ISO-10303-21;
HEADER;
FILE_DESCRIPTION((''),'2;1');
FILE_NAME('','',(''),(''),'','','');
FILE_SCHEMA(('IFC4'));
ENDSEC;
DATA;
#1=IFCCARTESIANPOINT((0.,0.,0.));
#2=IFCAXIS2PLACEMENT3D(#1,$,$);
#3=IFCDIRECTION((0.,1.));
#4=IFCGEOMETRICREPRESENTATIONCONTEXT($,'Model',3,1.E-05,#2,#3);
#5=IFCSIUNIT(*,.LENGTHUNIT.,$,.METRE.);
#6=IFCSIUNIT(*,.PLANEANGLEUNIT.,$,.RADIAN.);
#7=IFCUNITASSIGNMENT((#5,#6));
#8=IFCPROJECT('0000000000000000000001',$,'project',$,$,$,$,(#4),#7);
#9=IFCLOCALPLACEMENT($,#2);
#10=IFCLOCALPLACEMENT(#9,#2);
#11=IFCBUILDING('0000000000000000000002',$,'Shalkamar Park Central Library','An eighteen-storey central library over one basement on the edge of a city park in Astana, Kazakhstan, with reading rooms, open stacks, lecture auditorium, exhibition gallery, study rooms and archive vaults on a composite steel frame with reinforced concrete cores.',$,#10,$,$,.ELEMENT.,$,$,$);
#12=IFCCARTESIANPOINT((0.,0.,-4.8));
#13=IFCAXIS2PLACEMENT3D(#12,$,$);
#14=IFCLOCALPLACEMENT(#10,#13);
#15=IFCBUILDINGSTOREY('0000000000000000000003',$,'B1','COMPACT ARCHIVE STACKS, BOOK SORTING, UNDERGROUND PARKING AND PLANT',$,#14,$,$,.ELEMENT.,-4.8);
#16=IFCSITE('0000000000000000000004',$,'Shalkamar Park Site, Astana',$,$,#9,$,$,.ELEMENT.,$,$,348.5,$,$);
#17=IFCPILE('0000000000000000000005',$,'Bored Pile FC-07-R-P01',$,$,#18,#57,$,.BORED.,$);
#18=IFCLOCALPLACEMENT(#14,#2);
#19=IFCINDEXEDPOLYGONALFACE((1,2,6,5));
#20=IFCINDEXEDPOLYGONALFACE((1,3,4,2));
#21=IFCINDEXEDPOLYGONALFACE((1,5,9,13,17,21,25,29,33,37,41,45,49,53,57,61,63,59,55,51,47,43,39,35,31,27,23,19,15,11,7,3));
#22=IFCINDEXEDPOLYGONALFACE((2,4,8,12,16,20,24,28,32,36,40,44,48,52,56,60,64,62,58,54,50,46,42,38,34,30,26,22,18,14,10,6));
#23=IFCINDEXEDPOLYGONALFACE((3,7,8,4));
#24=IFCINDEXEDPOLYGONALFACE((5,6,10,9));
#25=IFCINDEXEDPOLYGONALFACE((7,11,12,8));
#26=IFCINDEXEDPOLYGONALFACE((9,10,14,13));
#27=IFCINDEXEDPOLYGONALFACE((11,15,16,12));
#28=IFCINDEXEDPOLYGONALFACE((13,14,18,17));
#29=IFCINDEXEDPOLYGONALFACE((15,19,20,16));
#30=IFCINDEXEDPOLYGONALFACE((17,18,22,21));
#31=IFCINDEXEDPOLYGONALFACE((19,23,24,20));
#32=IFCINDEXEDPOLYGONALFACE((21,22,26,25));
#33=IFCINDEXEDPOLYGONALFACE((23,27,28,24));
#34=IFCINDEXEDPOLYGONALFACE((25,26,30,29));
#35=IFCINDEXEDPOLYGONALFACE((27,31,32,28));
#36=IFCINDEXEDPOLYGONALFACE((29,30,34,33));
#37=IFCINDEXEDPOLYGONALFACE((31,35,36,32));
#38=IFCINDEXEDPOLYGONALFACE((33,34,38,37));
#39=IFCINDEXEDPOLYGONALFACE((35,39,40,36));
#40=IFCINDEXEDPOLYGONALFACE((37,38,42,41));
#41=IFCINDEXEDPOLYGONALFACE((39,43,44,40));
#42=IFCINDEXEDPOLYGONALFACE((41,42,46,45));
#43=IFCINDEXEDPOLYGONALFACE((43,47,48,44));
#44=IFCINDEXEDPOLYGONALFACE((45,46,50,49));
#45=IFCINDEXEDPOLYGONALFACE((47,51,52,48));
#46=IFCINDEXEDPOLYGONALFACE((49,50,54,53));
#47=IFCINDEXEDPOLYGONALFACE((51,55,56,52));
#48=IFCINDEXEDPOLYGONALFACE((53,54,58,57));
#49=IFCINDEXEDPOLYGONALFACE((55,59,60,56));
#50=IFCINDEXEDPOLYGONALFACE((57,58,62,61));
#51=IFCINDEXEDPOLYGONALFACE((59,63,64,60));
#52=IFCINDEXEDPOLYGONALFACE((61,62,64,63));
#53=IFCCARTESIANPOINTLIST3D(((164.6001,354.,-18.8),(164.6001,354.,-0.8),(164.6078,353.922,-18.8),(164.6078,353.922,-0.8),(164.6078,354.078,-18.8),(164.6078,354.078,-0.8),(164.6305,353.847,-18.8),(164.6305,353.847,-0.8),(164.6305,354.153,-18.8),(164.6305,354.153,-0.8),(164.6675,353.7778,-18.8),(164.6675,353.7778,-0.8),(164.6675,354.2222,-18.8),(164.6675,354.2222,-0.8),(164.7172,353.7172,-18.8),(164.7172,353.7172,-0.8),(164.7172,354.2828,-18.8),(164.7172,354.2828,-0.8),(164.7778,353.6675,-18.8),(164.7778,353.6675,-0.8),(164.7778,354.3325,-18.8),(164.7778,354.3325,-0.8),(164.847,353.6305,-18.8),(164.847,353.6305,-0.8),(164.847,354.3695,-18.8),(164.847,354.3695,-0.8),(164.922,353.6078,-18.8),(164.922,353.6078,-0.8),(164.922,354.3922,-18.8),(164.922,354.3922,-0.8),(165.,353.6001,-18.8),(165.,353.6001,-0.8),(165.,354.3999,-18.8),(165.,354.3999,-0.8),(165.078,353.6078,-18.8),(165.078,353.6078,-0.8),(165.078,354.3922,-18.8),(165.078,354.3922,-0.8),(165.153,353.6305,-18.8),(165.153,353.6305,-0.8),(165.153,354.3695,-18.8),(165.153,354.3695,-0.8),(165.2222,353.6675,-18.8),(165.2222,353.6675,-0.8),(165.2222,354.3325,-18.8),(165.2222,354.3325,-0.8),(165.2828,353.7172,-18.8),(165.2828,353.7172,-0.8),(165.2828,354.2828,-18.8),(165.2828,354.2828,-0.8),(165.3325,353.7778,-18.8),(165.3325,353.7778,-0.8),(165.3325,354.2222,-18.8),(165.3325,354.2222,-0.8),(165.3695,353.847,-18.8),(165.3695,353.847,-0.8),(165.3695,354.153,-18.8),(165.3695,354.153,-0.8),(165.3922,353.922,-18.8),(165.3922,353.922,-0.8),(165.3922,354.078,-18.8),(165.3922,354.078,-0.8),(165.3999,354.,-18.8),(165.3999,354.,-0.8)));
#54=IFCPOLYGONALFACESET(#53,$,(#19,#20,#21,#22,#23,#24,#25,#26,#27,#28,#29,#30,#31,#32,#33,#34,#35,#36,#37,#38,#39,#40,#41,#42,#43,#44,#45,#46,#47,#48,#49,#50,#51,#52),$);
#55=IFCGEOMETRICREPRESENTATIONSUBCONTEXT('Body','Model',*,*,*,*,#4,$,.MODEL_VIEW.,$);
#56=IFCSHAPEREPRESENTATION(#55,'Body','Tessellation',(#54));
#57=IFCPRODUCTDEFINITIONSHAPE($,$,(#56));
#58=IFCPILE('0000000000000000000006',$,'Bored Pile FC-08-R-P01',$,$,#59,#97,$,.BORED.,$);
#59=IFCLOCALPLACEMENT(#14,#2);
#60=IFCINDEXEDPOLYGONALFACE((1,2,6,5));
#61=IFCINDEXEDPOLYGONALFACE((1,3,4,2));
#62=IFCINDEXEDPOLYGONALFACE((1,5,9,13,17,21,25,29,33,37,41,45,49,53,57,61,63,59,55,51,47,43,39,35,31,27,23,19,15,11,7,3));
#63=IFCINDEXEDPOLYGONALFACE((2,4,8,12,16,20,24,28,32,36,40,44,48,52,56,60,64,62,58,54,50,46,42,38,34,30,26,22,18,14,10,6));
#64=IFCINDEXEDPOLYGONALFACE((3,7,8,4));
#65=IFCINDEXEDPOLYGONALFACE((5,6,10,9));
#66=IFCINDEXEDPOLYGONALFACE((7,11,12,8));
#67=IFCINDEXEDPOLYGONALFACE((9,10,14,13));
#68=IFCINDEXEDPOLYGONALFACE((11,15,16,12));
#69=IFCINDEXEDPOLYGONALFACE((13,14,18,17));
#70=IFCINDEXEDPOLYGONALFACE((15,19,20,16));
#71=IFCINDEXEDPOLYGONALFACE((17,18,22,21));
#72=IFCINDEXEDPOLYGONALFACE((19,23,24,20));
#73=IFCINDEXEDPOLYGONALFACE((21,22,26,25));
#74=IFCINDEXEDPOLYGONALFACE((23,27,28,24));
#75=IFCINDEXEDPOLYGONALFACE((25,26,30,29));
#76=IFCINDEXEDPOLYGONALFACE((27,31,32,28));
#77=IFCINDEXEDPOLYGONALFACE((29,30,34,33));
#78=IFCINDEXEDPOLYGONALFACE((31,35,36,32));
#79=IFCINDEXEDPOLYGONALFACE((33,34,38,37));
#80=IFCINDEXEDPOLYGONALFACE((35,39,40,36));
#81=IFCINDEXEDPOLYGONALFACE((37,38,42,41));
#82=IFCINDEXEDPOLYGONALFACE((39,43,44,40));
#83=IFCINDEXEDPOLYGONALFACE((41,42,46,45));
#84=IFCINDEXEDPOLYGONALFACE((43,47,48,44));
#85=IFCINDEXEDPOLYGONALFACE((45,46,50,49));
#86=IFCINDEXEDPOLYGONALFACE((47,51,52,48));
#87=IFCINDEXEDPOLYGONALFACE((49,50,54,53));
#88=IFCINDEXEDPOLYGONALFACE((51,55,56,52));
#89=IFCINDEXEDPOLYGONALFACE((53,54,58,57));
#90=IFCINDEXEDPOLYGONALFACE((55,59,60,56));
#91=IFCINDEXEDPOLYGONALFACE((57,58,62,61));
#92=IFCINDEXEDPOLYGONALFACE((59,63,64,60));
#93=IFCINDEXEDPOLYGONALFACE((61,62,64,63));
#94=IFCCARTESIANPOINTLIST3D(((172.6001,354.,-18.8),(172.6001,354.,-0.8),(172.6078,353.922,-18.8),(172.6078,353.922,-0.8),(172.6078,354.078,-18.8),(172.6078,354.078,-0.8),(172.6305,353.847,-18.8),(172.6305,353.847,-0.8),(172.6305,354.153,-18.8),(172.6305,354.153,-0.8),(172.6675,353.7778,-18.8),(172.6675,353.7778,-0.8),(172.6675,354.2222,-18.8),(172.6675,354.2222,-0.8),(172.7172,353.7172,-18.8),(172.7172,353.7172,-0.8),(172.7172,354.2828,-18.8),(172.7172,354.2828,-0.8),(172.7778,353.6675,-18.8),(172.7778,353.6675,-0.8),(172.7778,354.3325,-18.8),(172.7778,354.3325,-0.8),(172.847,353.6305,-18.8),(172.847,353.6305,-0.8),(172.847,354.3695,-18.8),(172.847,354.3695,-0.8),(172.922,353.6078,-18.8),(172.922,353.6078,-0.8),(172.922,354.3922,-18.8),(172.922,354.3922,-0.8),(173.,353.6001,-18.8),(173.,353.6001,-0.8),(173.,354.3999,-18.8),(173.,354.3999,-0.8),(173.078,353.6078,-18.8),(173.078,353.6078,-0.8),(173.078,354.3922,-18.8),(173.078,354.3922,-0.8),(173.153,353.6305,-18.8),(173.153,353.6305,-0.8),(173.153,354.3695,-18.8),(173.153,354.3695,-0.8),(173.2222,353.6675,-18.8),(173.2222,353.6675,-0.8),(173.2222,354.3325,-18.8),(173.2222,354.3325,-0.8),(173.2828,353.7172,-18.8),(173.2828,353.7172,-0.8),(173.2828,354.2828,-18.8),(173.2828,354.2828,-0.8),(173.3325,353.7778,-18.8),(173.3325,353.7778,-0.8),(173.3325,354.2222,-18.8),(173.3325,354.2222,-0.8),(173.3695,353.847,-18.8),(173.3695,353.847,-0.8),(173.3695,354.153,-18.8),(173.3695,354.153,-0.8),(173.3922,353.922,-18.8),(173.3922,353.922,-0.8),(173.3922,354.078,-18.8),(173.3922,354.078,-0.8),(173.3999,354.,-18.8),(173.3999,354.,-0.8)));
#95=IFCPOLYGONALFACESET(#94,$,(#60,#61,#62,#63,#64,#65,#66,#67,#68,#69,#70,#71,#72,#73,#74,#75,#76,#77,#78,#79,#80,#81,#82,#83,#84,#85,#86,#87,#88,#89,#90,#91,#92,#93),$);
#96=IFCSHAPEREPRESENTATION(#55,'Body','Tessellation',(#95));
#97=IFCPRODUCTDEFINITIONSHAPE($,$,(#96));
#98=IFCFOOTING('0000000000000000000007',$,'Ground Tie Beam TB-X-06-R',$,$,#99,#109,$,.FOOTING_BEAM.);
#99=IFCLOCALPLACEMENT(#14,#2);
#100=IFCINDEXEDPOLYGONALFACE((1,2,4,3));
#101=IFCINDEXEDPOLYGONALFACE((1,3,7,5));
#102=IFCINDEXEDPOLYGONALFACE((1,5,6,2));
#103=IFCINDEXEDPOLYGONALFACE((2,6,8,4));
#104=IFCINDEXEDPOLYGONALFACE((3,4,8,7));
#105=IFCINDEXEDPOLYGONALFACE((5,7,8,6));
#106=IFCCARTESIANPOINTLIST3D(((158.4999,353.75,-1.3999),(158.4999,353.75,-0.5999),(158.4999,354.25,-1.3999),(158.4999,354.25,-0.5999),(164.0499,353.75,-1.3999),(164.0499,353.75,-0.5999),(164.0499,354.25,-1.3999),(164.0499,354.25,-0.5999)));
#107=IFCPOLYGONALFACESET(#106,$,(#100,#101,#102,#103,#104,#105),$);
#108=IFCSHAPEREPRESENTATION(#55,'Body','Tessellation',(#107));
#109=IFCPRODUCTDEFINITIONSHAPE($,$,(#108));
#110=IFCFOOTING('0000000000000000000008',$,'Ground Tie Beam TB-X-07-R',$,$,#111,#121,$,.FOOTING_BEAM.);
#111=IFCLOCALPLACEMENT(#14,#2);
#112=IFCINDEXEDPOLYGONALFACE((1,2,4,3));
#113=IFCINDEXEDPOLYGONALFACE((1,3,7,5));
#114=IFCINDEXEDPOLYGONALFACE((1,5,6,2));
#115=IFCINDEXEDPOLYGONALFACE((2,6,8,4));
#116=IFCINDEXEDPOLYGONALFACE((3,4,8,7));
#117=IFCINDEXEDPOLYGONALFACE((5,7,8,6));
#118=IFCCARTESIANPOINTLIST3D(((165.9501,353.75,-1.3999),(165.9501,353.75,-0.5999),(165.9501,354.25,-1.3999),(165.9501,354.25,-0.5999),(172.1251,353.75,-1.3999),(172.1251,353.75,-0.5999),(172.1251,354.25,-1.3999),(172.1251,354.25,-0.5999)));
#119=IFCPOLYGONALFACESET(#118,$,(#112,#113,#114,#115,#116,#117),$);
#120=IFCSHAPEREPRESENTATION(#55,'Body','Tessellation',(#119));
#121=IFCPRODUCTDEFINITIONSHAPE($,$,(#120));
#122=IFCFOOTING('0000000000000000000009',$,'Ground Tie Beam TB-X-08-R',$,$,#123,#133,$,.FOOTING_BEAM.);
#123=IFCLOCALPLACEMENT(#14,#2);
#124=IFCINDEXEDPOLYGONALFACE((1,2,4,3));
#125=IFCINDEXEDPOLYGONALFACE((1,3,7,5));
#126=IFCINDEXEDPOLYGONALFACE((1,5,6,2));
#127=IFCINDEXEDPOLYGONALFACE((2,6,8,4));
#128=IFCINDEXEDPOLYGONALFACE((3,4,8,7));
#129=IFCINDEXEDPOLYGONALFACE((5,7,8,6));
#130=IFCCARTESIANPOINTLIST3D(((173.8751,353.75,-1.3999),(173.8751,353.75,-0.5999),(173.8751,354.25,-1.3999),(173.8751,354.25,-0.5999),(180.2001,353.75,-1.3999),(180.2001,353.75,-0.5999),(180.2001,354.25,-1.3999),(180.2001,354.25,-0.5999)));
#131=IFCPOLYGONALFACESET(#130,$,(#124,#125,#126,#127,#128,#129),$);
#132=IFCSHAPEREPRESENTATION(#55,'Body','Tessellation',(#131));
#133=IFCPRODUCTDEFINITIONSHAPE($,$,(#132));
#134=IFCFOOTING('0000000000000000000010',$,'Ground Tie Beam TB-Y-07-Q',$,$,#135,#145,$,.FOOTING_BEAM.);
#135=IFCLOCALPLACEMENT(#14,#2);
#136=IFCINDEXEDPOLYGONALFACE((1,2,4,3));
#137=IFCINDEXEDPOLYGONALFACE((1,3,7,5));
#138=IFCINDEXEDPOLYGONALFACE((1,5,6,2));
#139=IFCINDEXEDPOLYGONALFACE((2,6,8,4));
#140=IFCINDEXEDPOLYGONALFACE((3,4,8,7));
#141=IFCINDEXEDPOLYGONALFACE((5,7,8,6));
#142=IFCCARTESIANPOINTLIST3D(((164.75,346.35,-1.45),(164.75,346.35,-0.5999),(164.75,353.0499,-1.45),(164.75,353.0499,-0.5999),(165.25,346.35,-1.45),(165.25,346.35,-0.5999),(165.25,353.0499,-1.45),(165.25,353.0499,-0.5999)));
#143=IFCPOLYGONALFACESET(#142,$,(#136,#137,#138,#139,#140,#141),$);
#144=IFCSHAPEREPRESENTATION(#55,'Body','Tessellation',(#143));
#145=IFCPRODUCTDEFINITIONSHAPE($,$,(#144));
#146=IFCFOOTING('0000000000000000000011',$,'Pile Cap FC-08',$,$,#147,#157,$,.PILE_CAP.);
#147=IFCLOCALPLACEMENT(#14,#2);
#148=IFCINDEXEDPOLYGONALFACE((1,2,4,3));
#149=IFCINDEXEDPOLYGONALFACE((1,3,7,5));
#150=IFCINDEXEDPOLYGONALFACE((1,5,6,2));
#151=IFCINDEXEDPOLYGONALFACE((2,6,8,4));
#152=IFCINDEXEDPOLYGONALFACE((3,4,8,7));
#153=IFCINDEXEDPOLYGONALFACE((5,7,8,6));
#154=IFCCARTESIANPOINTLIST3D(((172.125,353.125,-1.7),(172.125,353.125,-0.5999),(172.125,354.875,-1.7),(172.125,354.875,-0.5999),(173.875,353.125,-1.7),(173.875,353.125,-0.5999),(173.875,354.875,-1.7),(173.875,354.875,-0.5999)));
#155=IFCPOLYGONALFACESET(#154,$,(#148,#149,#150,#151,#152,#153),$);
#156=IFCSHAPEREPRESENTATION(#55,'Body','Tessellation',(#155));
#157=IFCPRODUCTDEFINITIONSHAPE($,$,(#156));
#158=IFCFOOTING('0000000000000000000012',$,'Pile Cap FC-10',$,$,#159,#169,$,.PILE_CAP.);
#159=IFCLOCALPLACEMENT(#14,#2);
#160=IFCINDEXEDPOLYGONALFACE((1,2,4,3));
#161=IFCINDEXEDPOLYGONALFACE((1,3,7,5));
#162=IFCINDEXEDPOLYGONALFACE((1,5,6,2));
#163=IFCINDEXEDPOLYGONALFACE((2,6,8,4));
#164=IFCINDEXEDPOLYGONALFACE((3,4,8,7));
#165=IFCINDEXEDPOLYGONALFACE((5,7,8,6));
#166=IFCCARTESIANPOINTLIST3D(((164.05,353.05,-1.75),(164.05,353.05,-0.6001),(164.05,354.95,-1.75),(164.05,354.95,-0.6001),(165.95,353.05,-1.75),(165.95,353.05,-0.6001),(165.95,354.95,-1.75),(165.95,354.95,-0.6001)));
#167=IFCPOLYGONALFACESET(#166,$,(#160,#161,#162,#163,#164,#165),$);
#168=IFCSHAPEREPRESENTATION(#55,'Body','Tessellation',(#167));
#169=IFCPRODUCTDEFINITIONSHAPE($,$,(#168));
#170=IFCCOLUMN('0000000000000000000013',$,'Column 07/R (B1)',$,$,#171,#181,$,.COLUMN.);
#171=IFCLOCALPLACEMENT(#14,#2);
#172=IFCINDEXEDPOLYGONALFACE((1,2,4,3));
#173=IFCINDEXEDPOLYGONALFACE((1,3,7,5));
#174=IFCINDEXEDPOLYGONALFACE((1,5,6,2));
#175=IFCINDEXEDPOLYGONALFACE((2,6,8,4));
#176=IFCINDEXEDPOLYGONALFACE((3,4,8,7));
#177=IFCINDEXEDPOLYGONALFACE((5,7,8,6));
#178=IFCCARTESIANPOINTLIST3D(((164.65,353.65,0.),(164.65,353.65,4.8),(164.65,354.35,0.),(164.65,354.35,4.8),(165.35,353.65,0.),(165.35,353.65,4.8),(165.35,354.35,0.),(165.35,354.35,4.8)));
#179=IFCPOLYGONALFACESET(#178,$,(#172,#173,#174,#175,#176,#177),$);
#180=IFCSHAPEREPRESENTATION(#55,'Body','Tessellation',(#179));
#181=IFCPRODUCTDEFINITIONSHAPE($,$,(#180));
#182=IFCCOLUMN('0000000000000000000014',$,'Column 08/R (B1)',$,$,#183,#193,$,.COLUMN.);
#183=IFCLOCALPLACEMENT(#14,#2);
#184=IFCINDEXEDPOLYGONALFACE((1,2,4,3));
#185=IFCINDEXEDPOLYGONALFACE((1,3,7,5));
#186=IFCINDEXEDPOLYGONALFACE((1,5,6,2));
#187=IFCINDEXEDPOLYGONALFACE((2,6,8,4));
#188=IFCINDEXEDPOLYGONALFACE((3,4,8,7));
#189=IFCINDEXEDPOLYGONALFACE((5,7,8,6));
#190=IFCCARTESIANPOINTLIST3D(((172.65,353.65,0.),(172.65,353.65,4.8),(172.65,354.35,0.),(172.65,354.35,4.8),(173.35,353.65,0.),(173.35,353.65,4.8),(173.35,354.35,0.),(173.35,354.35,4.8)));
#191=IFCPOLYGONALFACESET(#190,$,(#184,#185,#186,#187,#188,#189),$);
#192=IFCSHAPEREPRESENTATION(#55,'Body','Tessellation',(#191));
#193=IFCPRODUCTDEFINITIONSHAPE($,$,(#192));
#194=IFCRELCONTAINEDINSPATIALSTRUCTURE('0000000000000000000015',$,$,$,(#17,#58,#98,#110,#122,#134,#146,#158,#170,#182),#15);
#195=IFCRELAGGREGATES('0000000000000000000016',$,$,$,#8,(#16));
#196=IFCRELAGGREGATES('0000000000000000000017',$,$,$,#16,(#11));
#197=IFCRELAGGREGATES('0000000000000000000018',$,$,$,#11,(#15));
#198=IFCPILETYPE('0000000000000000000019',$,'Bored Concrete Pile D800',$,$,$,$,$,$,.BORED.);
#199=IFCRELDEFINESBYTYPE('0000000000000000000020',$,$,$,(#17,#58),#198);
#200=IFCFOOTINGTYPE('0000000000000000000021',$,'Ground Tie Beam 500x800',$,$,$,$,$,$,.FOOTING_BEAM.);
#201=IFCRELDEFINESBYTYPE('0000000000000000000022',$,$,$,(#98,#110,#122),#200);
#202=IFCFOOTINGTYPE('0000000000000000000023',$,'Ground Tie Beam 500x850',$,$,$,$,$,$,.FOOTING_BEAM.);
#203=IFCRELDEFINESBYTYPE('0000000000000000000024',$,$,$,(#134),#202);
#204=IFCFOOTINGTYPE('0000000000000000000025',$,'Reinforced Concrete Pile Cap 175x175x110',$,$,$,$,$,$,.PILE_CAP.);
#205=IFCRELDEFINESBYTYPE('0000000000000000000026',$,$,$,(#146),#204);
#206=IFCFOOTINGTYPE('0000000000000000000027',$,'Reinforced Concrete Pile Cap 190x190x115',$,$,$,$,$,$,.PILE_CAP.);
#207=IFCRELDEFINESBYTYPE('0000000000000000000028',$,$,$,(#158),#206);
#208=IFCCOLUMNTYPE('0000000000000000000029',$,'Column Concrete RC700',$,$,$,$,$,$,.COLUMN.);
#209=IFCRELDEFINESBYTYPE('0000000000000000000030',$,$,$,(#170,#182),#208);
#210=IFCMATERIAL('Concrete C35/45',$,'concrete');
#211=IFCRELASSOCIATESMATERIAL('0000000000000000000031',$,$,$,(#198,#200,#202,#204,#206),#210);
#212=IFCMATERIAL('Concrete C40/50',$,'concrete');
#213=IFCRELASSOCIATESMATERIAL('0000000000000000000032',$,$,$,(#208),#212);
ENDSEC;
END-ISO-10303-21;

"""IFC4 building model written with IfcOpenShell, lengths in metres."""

from ifc_helpers import new_model, si_unit, direction, frame, origin, origin_2d, place, context, subcontext, project, spatial, rectangle, circle, extrude, material, material_profile, profile_set, type_object, element, save


model = new_model("IFC4")

# Units and contexts
model_context = context("Model", 3, precision=1e-05, world=origin(), true_north=direction((0.0, 1.0)))
body_context = subcontext(model_context, "Body", "Model", "MODEL_VIEW")
ifc_project = project(units=[si_unit("LENGTHUNIT", "METRE"), si_unit("PLANEANGLEUNIT", "RADIAN")], contexts=[model_context])

# Site, building, storey
site_placement = place(None, origin())
site = spatial("IfcSite", under=ifc_project, at=site_placement, Name="Shalkamar Park Site, Astana", CompositionType="ELEMENT", RefElevation=348.5)
building_placement = place(site_placement, origin())
building = spatial("IfcBuilding", under=site, at=building_placement, Name="Shalkamar Park Central Library", Description="An eighteen-storey central library over one basement on the edge of a city park in Astana, Kazakhstan, with reading rooms, open stacks, lecture auditorium, exhibition gallery, study rooms and archive vaults on a composite steel frame with reinforced concrete cores.", CompositionType="ELEMENT")
storey_placement = place(building_placement, frame((0.0, 0.0, -4.8)))
storey = spatial("IfcBuildingStorey", under=building, at=storey_placement, Name="B1", Description="COMPACT ARCHIVE STACKS, BOOK SORTING, UNDERGROUND PARKING AND PLANT", CompositionType="ELEMENT", Elevation=-4.8)

# Piles
ifc_material_1 = material(Name="Concrete C35/45", Category="concrete")
ifc_material_profile_1 = material_profile(ifc_material_1, circle(Radius=0.3999, at=origin_2d()), Name="PILE D800")
ifc_profile_set_1 = profile_set([ifc_material_profile_1], Name="Concrete C35/45")
pile_type_1 = type_object("IfcPileType", Name="Bored Concrete Pile D800", PredefinedType="BORED", material=ifc_profile_set_1)
for number, where, z_axis, x_axis, name in (
    (1, (165.0, 354.0, -0.8), (0.0, 0.0, -1.0), (1.0, 0.0, 0.0), "Bored Pile FC-07-R-P01"),
    (2, (173.0, 354.0, -0.8), (0.0, 0.0, -1.0), (1.0, 0.0, 0.0), "Bored Pile FC-08-R-P01"),
):
    element("IfcPile", number, at=place(storey_placement, frame(where, z_axis=z_axis, x_axis=x_axis)), inside=storey, type_object=pile_type_1, Name=name, PredefinedType="BORED", context=body_context, shape_type="SweptSolid", body=[
        extrude(circle(Radius=0.3999, at=origin_2d()), origin(), (0.0, 0.0, 1.0), 18.0),
    ])

# Footings
footing_type_1 = type_object("IfcFootingType", Name="Ground Tie Beam 500x800", PredefinedType="FOOTING_BEAM", material=ifc_material_1)
footing_1_placement = place(storey_placement, frame((161.2749, 354.0, -1.3999), z_axis=(0.0, 0.0, 1.0), x_axis=(1.0, 0.0, 0.0)))
element("IfcFooting", 3, at=footing_1_placement, inside=storey, type_object=footing_type_1, Name="Ground Tie Beam TB-X-06-R", PredefinedType="FOOTING_BEAM", context=body_context, shape_type="SweptSolid", body=[
    extrude(rectangle(XDim=5.55, YDim=0.5, at=origin_2d()), origin(), (0.0, 0.0, 1.0), 0.8),
])
footing_2_placement = place(storey_placement, frame((169.0376, 354.0, -1.3999), z_axis=(0.0, 0.0, 1.0), x_axis=(1.0, 0.0, 0.0)))
element("IfcFooting", 4, at=footing_2_placement, inside=storey, type_object=footing_type_1, Name="Ground Tie Beam TB-X-07-R", PredefinedType="FOOTING_BEAM", context=body_context, shape_type="SweptSolid", body=[
    extrude(rectangle(XDim=6.175, YDim=0.5, at=origin_2d()), origin(), (0.0, 0.0, 1.0), 0.8),
])
footing_3_placement = place(storey_placement, frame((177.0376, 354.0, -1.3999), z_axis=(0.0, 0.0, 1.0), x_axis=(1.0, 0.0, 0.0)))
element("IfcFooting", 5, at=footing_3_placement, inside=storey, type_object=footing_type_1, Name="Ground Tie Beam TB-X-08-R", PredefinedType="FOOTING_BEAM", context=body_context, shape_type="SweptSolid", body=[
    extrude(rectangle(XDim=6.325, YDim=0.5, at=origin_2d()), origin(), (0.0, 0.0, 1.0), 0.8),
])
footing_type_2 = type_object("IfcFootingType", Name="Ground Tie Beam 500x850", PredefinedType="FOOTING_BEAM", material=ifc_material_1)
footing_4_placement = place(storey_placement, frame((165.0, 349.7, -1.45), z_axis=(0.0, 0.0, 1.0), x_axis=(0.0, 1.0, 0.0)))
element("IfcFooting", 6, at=footing_4_placement, inside=storey, type_object=footing_type_2, Name="Ground Tie Beam TB-Y-07-Q", PredefinedType="FOOTING_BEAM", context=body_context, shape_type="SweptSolid", body=[
    extrude(rectangle(XDim=6.7, YDim=0.5, at=origin_2d()), origin(), (0.0, 0.0, 1.0), 0.8501),
])
footing_type_3 = type_object("IfcFootingType", Name="Reinforced Concrete Pile Cap 175x175x110", PredefinedType="PILE_CAP", material=ifc_material_1)
footing_5_placement = place(storey_placement, frame((173.0, 354.0, -1.7), z_axis=(0.0, 0.0, 1.0), x_axis=(1.0, 0.0, 0.0)))
element("IfcFooting", 7, at=footing_5_placement, inside=storey, type_object=footing_type_3, Name="Pile Cap FC-08", PredefinedType="PILE_CAP", context=body_context, shape_type="SweptSolid", body=[
    extrude(rectangle(XDim=1.75, YDim=1.75, at=origin_2d()), origin(), (0.0, 0.0, 1.0), 1.1001),
])
footing_type_4 = type_object("IfcFootingType", Name="Reinforced Concrete Pile Cap 190x190x115", PredefinedType="PILE_CAP", material=ifc_material_1)
footing_6_placement = place(storey_placement, frame((165.0, 354.0, -1.75), z_axis=(0.0, 0.0, 1.0), x_axis=(1.0, 0.0, 0.0)))
element("IfcFooting", 8, at=footing_6_placement, inside=storey, type_object=footing_type_4, Name="Pile Cap FC-10", PredefinedType="PILE_CAP", context=body_context, shape_type="SweptSolid", body=[
    extrude(rectangle(XDim=1.8999, YDim=1.8999, at=origin_2d()), origin(), (0.0, 0.0, 1.0), 1.1499),
])

# Columns
ifc_material_2 = material(Name="Concrete C40/50", Category="concrete")
ifc_material_profile_2 = material_profile(ifc_material_2, rectangle(XDim=0.7, YDim=0.7, at=origin_2d()), Name="RC 700x700")
ifc_profile_set_2 = profile_set([ifc_material_profile_2], Name="Concrete C40/50")
column_type_1 = type_object("IfcColumnType", Name="Column Concrete RC700", PredefinedType="COLUMN", material=ifc_profile_set_2)
for number, where, z_axis, x_axis, name in (
    (9, (165.0, 354.0, 0.0), (0.0, 0.0, 1.0), (1.0, 0.0, 0.0), "Column 07/R (B1)"),
    (10, (173.0, 354.0, 0.0), (0.0, 0.0, 1.0), (1.0, 0.0, 0.0), "Column 08/R (B1)"),
):
    element("IfcColumn", number, at=place(storey_placement, frame(where, z_axis=z_axis, x_axis=x_axis)), inside=storey, type_object=column_type_1, Name=name, PredefinedType="COLUMN", context=body_context, shape_type="SweptSolid", body=[
        extrude(rectangle(XDim=0.7, YDim=0.7, at=origin_2d()), origin(), (0.0, 0.0, 1.0), 4.8),
    ])

save(model, "model.ifc")
